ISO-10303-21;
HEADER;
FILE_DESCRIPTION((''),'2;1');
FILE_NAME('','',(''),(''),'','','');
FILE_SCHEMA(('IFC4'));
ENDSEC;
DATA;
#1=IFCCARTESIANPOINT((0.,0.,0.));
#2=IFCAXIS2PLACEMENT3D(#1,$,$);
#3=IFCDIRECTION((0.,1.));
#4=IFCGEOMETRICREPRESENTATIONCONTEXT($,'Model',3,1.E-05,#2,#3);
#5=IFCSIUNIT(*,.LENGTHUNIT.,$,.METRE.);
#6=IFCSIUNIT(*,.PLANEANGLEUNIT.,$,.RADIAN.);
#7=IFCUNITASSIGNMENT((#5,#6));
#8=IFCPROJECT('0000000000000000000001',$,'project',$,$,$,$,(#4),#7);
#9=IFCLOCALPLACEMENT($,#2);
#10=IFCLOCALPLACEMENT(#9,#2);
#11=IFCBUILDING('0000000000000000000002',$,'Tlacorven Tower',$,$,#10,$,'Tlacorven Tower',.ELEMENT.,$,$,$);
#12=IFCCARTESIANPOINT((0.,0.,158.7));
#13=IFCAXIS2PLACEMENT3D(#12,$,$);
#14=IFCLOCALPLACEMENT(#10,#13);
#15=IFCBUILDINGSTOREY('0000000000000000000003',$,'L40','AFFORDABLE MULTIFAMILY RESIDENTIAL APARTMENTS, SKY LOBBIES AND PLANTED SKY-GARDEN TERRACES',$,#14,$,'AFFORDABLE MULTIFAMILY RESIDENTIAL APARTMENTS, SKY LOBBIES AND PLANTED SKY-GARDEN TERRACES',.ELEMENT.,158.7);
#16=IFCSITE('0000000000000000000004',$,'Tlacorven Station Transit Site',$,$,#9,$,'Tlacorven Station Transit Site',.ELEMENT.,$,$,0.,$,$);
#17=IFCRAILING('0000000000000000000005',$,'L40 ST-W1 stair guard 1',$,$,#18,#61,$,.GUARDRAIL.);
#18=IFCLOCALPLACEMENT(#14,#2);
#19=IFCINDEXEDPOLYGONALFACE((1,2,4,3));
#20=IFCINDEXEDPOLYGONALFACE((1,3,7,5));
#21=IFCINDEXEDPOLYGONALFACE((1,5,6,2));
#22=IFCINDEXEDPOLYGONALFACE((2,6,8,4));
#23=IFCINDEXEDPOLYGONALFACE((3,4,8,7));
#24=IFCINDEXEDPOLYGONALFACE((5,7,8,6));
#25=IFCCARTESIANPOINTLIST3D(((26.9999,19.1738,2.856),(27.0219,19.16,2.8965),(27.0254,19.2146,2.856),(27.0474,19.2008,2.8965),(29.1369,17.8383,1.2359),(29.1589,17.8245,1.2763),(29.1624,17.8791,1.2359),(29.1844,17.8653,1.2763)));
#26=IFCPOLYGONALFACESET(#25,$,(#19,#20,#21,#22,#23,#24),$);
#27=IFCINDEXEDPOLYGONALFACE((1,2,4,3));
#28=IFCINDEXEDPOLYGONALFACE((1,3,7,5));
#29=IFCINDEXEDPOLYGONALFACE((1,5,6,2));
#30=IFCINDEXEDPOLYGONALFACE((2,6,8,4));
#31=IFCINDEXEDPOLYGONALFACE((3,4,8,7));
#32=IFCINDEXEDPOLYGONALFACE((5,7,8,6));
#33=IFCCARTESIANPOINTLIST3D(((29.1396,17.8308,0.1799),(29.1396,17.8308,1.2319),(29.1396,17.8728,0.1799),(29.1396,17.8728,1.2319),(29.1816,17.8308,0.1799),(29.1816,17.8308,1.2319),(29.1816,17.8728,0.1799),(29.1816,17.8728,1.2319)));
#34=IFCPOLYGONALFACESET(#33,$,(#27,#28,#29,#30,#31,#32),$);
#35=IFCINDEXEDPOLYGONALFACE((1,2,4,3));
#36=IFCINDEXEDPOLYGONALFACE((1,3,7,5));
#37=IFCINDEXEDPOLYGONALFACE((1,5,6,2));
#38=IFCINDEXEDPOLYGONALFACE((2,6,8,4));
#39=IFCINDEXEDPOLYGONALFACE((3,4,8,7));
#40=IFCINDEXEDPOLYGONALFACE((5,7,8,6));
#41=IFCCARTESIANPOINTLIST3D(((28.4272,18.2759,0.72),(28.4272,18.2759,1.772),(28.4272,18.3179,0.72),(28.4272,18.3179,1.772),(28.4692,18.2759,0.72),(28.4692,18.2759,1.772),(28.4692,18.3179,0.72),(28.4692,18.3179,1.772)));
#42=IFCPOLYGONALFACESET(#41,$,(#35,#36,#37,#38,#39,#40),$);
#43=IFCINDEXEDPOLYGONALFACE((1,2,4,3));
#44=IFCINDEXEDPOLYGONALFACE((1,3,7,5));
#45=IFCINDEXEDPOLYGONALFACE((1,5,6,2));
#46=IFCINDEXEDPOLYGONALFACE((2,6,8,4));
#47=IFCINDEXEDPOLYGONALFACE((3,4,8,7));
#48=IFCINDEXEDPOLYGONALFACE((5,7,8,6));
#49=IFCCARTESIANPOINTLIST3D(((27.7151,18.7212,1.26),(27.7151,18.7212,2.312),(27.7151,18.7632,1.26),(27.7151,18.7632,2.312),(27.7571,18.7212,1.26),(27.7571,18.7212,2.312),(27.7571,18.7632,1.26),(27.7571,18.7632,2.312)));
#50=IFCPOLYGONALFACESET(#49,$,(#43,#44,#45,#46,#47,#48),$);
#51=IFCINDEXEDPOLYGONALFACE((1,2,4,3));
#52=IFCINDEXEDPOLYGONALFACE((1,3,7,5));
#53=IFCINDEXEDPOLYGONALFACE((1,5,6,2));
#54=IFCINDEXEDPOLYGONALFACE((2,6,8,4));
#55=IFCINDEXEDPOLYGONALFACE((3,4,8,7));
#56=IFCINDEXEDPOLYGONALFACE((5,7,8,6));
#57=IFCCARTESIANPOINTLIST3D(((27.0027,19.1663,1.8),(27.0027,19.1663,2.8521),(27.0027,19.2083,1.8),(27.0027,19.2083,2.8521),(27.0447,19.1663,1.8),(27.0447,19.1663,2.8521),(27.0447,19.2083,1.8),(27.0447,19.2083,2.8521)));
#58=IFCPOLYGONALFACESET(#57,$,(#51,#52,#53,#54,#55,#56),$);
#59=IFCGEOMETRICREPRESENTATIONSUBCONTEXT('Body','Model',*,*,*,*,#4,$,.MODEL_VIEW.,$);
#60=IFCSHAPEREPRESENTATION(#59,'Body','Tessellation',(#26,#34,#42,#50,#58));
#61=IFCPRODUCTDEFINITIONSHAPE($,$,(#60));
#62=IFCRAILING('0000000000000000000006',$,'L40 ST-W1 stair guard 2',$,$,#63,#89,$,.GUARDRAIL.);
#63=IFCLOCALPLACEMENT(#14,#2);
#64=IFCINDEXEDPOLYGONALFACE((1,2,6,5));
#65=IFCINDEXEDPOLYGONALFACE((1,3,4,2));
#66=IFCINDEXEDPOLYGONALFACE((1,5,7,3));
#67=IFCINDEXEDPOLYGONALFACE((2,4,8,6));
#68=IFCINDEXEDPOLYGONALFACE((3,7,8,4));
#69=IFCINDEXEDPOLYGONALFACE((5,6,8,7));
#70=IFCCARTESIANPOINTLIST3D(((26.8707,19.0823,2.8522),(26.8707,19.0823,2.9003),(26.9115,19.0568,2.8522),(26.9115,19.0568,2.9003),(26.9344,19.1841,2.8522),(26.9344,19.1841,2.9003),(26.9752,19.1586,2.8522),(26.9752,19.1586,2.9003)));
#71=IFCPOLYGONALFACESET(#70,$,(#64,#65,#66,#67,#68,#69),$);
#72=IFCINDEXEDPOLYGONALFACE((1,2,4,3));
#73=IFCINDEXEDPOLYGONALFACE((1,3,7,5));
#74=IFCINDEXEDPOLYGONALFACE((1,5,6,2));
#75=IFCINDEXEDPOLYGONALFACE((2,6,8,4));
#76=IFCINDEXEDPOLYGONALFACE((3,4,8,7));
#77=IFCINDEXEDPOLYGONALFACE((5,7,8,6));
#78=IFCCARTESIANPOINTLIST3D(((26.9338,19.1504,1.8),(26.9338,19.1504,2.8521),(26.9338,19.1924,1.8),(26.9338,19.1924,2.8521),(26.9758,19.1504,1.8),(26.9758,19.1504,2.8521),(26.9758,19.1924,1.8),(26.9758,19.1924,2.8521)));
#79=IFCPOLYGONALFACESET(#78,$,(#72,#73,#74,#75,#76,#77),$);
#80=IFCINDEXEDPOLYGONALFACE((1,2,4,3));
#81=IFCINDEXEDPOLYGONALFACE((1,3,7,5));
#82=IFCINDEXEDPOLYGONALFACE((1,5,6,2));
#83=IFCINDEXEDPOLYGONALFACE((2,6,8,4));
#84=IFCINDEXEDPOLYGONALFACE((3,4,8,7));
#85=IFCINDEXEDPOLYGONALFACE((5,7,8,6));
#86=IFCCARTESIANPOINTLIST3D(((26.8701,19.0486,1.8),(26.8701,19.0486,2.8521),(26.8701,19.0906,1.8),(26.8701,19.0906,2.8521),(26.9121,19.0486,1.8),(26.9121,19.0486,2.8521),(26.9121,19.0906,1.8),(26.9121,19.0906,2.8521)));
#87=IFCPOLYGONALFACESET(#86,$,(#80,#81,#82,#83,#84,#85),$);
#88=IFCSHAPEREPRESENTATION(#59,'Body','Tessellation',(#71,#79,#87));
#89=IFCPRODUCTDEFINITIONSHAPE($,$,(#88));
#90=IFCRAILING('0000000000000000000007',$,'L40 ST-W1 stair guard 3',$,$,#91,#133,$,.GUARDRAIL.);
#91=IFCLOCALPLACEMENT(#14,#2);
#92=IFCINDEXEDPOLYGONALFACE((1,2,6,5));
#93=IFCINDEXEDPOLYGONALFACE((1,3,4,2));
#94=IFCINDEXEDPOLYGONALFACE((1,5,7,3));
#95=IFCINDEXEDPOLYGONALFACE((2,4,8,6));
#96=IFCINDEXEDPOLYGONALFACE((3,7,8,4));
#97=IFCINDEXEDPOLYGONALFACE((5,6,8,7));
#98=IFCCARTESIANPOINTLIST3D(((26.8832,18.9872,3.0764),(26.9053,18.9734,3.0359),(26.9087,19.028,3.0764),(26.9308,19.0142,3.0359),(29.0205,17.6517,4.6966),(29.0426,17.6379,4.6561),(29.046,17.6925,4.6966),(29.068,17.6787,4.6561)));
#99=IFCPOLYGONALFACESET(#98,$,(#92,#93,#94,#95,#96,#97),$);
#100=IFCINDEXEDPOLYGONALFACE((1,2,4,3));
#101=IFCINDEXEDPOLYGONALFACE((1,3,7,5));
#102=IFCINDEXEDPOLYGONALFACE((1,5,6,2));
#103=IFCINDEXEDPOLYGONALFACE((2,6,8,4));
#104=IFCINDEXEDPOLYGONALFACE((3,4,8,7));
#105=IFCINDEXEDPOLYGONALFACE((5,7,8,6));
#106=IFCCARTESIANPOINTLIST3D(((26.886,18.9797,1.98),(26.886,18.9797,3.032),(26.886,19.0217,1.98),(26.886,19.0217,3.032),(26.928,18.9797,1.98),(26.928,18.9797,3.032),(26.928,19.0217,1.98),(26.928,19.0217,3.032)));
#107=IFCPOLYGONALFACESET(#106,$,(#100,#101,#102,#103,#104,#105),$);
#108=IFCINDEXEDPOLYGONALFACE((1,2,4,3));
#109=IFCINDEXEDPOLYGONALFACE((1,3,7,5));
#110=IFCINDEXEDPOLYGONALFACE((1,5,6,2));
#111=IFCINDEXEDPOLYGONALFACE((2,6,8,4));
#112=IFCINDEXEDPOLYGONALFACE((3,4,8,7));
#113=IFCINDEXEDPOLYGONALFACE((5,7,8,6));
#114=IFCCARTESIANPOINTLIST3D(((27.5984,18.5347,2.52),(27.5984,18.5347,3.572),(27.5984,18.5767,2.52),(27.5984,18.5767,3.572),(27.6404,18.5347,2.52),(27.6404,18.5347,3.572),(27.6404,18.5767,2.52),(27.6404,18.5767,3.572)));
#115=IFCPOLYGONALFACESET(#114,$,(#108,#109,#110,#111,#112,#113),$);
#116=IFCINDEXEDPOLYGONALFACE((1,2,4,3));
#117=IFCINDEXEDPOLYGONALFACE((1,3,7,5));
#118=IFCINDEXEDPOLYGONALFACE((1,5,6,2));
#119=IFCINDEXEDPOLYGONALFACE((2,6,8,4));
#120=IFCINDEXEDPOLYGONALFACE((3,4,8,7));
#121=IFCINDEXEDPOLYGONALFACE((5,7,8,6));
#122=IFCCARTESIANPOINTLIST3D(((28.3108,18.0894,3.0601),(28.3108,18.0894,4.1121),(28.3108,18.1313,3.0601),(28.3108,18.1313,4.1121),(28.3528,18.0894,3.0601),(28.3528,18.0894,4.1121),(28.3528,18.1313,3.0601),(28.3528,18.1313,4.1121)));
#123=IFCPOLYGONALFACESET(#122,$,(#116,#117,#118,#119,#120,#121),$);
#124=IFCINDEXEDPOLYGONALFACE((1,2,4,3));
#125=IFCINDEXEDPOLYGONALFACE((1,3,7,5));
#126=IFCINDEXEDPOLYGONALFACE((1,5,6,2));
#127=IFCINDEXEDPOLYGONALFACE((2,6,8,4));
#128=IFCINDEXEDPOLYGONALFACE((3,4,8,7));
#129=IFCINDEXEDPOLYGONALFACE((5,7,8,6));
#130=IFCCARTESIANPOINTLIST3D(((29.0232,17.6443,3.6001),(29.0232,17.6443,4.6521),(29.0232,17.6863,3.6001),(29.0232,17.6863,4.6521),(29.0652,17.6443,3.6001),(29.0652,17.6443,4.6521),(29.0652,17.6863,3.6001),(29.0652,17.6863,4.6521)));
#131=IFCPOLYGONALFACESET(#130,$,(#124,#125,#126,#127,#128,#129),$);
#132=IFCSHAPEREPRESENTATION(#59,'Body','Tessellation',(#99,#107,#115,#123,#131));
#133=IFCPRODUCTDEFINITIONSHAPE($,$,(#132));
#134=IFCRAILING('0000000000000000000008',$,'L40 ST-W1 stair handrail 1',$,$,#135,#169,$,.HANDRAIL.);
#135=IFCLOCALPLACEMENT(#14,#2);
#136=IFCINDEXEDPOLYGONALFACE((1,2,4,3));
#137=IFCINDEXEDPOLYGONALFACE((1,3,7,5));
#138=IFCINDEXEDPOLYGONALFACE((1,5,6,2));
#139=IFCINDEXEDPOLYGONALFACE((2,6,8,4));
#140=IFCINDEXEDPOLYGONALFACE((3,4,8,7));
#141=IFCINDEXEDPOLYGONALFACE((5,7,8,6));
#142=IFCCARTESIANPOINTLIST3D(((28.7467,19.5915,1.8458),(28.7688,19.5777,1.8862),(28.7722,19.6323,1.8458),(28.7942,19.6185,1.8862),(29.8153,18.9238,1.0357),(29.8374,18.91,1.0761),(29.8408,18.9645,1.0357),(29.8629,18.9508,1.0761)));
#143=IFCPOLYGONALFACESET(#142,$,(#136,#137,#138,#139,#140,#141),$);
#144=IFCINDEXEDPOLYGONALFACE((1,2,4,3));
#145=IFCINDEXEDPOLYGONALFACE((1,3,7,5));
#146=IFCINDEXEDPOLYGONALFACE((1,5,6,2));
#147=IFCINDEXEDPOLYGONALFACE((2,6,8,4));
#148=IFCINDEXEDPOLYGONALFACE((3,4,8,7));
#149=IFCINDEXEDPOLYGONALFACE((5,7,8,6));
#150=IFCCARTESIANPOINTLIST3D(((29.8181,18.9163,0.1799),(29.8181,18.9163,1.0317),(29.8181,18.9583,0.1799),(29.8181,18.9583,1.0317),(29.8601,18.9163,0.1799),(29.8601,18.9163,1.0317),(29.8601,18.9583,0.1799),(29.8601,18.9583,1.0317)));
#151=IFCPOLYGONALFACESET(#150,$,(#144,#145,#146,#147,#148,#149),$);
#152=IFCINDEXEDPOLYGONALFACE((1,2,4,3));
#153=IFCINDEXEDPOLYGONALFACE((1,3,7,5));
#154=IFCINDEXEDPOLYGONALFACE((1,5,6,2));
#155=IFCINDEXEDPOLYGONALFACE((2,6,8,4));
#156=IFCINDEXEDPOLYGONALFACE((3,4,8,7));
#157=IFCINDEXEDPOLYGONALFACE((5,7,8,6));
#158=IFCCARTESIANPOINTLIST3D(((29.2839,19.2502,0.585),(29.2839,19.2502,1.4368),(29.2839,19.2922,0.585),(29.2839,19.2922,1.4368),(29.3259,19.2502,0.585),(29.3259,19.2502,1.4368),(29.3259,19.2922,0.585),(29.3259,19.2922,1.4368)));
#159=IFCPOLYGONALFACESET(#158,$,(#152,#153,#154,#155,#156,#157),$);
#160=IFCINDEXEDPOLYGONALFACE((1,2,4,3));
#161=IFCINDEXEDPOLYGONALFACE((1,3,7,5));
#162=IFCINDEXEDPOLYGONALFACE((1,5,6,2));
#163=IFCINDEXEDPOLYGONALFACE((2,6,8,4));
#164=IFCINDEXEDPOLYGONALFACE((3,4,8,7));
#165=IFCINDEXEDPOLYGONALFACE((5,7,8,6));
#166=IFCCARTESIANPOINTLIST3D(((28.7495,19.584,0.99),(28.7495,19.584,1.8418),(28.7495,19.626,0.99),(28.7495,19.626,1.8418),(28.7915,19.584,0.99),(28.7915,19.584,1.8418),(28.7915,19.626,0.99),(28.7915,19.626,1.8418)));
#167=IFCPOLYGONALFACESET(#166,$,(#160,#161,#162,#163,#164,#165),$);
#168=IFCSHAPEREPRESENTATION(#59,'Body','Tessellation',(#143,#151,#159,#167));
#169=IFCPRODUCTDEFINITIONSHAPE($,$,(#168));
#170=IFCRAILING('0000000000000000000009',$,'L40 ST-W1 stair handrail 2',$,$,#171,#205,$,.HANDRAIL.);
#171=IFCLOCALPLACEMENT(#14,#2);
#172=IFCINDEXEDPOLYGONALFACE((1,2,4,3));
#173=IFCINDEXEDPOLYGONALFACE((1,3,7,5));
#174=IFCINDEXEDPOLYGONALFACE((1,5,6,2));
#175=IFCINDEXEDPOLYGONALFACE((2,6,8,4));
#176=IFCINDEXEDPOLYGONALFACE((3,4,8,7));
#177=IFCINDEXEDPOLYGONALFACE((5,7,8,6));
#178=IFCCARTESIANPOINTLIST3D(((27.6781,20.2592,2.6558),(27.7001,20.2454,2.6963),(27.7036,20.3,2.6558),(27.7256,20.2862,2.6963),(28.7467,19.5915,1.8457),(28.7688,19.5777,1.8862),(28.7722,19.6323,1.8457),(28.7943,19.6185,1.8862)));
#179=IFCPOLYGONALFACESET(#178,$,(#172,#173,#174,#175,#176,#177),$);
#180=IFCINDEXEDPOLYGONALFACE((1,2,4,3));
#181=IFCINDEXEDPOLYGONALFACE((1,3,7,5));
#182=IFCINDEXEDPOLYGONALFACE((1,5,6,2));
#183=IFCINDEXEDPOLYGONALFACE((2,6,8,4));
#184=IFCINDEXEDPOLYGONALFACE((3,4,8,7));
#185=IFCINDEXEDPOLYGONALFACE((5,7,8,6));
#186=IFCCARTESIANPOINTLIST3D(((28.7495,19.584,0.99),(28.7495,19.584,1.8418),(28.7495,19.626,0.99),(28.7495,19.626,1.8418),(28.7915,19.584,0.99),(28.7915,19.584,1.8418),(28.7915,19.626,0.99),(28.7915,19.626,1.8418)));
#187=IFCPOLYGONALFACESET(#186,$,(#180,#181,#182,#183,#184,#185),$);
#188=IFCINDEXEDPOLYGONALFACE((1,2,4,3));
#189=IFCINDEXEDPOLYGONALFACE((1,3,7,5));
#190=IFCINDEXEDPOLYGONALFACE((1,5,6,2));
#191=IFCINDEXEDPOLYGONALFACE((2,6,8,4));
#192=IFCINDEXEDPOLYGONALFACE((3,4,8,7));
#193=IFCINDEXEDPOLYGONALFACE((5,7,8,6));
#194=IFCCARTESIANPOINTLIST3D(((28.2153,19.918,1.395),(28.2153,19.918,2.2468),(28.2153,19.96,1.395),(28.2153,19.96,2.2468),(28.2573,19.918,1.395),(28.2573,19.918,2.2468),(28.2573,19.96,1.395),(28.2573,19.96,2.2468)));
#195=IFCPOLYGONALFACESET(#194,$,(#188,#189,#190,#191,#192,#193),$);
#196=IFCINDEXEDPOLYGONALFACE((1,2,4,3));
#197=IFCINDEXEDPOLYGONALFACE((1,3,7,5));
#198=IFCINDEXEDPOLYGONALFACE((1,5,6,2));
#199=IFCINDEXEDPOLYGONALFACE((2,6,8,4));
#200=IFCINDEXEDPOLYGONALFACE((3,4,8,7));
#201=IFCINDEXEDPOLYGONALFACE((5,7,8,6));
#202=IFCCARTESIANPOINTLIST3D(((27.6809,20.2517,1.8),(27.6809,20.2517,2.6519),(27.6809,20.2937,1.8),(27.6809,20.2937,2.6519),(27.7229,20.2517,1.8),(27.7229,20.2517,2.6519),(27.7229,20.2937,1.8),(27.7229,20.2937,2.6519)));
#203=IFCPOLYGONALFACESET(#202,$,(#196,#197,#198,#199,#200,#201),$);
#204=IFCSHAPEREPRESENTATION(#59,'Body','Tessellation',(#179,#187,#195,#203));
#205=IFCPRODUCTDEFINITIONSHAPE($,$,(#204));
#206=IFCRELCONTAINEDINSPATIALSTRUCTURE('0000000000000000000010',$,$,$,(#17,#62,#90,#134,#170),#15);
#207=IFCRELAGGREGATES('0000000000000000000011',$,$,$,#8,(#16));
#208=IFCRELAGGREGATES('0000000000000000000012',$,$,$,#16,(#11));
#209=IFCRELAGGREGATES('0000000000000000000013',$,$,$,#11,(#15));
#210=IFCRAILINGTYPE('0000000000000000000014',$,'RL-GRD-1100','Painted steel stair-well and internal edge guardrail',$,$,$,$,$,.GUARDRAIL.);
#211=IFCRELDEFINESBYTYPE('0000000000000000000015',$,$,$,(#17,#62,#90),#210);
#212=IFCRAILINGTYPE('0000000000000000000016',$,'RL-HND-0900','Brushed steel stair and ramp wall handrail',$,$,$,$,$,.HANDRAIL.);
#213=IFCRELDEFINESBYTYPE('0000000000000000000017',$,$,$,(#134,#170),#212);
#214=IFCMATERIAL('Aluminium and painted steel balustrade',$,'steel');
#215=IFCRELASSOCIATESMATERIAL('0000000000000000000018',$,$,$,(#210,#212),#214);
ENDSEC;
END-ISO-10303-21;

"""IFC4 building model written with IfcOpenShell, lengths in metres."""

from ifc_helpers import new_model, si_unit, direction, frame, origin, origin_2d, place, context, subcontext, project, spatial, rectangle, extrude, source, transform, mapped, material, type_object, element, save


model = new_model("IFC4")

# Units and contexts
model_context = context("Model", 3, precision=1e-05, world=origin(), true_north=direction((0.0, 1.0)))
body_context = subcontext(model_context, "Body", "Model", "MODEL_VIEW")
ifc_project = project(units=[si_unit("LENGTHUNIT", "METRE"), si_unit("PLANEANGLEUNIT", "RADIAN")], contexts=[model_context])

# Site, building, storey
site_placement = place(None, origin())
site = spatial("IfcSite", under=ifc_project, at=site_placement, Name="Tlacorven Station Transit Site", LongName="Tlacorven Station Transit Site", CompositionType="ELEMENT", RefElevation=0.0)
building_placement = place(site_placement, origin())
building = spatial("IfcBuilding", under=site, at=building_placement, Name="Tlacorven Tower", LongName="Tlacorven Tower", CompositionType="ELEMENT")
storey_placement = place(building_placement, frame((0.0, 0.0, 158.7)))
storey = spatial("IfcBuildingStorey", under=building, at=storey_placement, Name="L40", Description="AFFORDABLE MULTIFAMILY RESIDENTIAL APARTMENTS, SKY LOBBIES AND PLANTED SKY-GARDEN TERRACES", LongName="AFFORDABLE MULTIFAMILY RESIDENTIAL APARTMENTS, SKY LOBBIES AND PLANTED SKY-GARDEN TERRACES", CompositionType="ELEMENT", Elevation=158.7)

# Railings
ifc_material_1 = material(Name="Aluminium and painted steel balustrade", Category="steel")
railing_type_1 = type_object("IfcRailingType", Name="RL-GRD-1100", Description="Painted steel stair-well and internal edge guardrail", PredefinedType="GUARDRAIL", material=ifc_material_1)
shared_shape_1 = source(origin(), body_context, "Body", "SweptSolid", [
    extrude(rectangle(XDim=0.0481, YDim=0.0481, at=origin_2d()), frame((0.0, 0.0, 1.0762), z_axis=(-0.71332, 0.445774, 0.540796), x_axis=(-0.529955, -0.848026, 0.0)), (0.0, 0.0, 1.0), 2.9958),
    extrude(rectangle(XDim=0.042, YDim=0.042, at=origin_2d()), origin(), (0.0, 0.0, 1.0), 1.052),
    extrude(rectangle(XDim=0.042, YDim=0.042, at=origin_2d()), frame((-0.7124, 0.4451, 0.54)), (0.0, 0.0, 1.0), 1.052),
    extrude(rectangle(XDim=0.042, YDim=0.042, at=origin_2d()), frame((-1.4246, 0.8904, 1.0801)), (0.0, 0.0, 1.0), 1.052),
    extrude(rectangle(XDim=0.042, YDim=0.042, at=origin_2d()), frame((-2.137, 1.3354, 1.6201)), (0.0, 0.0, 1.0), 1.052),
])
railing_1_placement = place(storey_placement, frame((29.1606, 17.8518, 0.1799)))
element("IfcRailing", 1, at=railing_1_placement, inside=storey, type_object=railing_type_1, Name="L40 ST-W1 stair guard 1", PredefinedType="GUARDRAIL", context=body_context, shape_type="MappedRepresentation", body=[
    mapped(shared_shape_1, transform((0.0, 0.0, 0.0), scale=1.0)),
])
shared_shape_2 = source(origin(), body_context, "Body", "SweptSolid", [
    extrude(rectangle(XDim=0.0481, YDim=0.0481, at=origin_2d()), frame((0.0, 0.0, 1.0762), z_axis=(-0.530547, -0.847656, 0.0), x_axis=(0.847656, -0.530547, 0.0)), (0.0, 0.0, 1.0), 0.1201),
    extrude(rectangle(XDim=0.042, YDim=0.042, at=origin_2d()), origin(), (0.0, 0.0, 1.0), 1.052),
    extrude(rectangle(XDim=0.042, YDim=0.042, at=origin_2d()), frame((-0.0637, -0.1018, 0.0)), (0.0, 0.0, 1.0), 1.052),
])
railing_2_placement = place(storey_placement, frame((26.9548, 19.1714, 1.8)))
element("IfcRailing", 2, at=railing_2_placement, inside=storey, type_object=railing_type_1, Name="L40 ST-W1 stair guard 2", PredefinedType="GUARDRAIL", context=body_context, shape_type="MappedRepresentation", body=[
    mapped(shared_shape_2, transform((0.0, 0.0, 0.0), scale=1.0)),
])
shared_shape_3 = source(origin(), body_context, "Body", "SweptSolid", [
    extrude(rectangle(XDim=0.0481, YDim=0.0481, at=origin_2d()), frame((0.0, 0.0, 1.0762), z_axis=(0.71336, -0.445748, 0.540765), x_axis=(0.529912, 0.848053, 0.0)), (0.0, 0.0, 1.0), 2.9961),
    extrude(rectangle(XDim=0.042, YDim=0.042, at=origin_2d()), origin(), (0.0, 0.0, 1.0), 1.052),
    extrude(rectangle(XDim=0.042, YDim=0.042, at=origin_2d()), frame((0.7124, -0.4451, 0.54)), (0.0, 0.0, 1.0), 1.052),
    extrude(rectangle(XDim=0.042, YDim=0.042, at=origin_2d()), frame((1.4248, -0.8904, 1.0801)), (0.0, 0.0, 1.0), 1.052),
    extrude(rectangle(XDim=0.042, YDim=0.042, at=origin_2d()), frame((2.1372, -1.3354, 1.6201)), (0.0, 0.0, 1.0), 1.052),
])
railing_3_placement = place(storey_placement, frame((26.907, 19.0007, 1.98)))
element("IfcRailing", 3, at=railing_3_placement, inside=storey, type_object=railing_type_1, Name="L40 ST-W1 stair guard 3", PredefinedType="GUARDRAIL", context=body_context, shape_type="MappedRepresentation", body=[
    mapped(shared_shape_3, transform((0.0, 0.0, 0.0), scale=1.0)),
])
railing_type_2 = type_object("IfcRailingType", Name="RL-HND-0900", Description="Brushed steel stair and ramp wall handrail", PredefinedType="HANDRAIL", material=ifc_material_1)
shared_shape_4 = source(origin(), body_context, "Body", "SweptSolid", [
    extrude(rectangle(XDim=0.0481, YDim=0.0481, at=origin_2d()), frame((0.0, 0.0, 0.876), z_axis=(-0.71336, 0.445748, 0.540765), x_axis=(-0.529912, -0.848053, 0.0)), (0.0, 0.0, 1.0), 1.498),
    extrude(rectangle(XDim=0.042, YDim=0.042, at=origin_2d()), origin(), (0.0, 0.0, 1.0), 0.8518),
    extrude(rectangle(XDim=0.042, YDim=0.042, at=origin_2d()), frame((-0.5342, 0.334, 0.405)), (0.0, 0.0, 1.0), 0.8518),
    extrude(rectangle(XDim=0.042, YDim=0.042, at=origin_2d()), frame((-1.0686, 0.6677, 0.8101)), (0.0, 0.0, 1.0), 0.8518),
])
for number, where, name in (
    (4, (29.8391, 18.9373, 0.1799), "L40 ST-W1 stair handrail 1"),
    (5, (28.7705, 19.605, 0.99), "L40 ST-W1 stair handrail 2"),
):
    element("IfcRailing", number, at=place(storey_placement, frame(where)), inside=storey, type_object=railing_type_2, Name=name, PredefinedType="HANDRAIL", context=body_context, shape_type="MappedRepresentation", body=[
        mapped(shared_shape_4, transform((0.0, 0.0, 0.0), scale=1.0)),
    ])

save(model, "model.ifc")
